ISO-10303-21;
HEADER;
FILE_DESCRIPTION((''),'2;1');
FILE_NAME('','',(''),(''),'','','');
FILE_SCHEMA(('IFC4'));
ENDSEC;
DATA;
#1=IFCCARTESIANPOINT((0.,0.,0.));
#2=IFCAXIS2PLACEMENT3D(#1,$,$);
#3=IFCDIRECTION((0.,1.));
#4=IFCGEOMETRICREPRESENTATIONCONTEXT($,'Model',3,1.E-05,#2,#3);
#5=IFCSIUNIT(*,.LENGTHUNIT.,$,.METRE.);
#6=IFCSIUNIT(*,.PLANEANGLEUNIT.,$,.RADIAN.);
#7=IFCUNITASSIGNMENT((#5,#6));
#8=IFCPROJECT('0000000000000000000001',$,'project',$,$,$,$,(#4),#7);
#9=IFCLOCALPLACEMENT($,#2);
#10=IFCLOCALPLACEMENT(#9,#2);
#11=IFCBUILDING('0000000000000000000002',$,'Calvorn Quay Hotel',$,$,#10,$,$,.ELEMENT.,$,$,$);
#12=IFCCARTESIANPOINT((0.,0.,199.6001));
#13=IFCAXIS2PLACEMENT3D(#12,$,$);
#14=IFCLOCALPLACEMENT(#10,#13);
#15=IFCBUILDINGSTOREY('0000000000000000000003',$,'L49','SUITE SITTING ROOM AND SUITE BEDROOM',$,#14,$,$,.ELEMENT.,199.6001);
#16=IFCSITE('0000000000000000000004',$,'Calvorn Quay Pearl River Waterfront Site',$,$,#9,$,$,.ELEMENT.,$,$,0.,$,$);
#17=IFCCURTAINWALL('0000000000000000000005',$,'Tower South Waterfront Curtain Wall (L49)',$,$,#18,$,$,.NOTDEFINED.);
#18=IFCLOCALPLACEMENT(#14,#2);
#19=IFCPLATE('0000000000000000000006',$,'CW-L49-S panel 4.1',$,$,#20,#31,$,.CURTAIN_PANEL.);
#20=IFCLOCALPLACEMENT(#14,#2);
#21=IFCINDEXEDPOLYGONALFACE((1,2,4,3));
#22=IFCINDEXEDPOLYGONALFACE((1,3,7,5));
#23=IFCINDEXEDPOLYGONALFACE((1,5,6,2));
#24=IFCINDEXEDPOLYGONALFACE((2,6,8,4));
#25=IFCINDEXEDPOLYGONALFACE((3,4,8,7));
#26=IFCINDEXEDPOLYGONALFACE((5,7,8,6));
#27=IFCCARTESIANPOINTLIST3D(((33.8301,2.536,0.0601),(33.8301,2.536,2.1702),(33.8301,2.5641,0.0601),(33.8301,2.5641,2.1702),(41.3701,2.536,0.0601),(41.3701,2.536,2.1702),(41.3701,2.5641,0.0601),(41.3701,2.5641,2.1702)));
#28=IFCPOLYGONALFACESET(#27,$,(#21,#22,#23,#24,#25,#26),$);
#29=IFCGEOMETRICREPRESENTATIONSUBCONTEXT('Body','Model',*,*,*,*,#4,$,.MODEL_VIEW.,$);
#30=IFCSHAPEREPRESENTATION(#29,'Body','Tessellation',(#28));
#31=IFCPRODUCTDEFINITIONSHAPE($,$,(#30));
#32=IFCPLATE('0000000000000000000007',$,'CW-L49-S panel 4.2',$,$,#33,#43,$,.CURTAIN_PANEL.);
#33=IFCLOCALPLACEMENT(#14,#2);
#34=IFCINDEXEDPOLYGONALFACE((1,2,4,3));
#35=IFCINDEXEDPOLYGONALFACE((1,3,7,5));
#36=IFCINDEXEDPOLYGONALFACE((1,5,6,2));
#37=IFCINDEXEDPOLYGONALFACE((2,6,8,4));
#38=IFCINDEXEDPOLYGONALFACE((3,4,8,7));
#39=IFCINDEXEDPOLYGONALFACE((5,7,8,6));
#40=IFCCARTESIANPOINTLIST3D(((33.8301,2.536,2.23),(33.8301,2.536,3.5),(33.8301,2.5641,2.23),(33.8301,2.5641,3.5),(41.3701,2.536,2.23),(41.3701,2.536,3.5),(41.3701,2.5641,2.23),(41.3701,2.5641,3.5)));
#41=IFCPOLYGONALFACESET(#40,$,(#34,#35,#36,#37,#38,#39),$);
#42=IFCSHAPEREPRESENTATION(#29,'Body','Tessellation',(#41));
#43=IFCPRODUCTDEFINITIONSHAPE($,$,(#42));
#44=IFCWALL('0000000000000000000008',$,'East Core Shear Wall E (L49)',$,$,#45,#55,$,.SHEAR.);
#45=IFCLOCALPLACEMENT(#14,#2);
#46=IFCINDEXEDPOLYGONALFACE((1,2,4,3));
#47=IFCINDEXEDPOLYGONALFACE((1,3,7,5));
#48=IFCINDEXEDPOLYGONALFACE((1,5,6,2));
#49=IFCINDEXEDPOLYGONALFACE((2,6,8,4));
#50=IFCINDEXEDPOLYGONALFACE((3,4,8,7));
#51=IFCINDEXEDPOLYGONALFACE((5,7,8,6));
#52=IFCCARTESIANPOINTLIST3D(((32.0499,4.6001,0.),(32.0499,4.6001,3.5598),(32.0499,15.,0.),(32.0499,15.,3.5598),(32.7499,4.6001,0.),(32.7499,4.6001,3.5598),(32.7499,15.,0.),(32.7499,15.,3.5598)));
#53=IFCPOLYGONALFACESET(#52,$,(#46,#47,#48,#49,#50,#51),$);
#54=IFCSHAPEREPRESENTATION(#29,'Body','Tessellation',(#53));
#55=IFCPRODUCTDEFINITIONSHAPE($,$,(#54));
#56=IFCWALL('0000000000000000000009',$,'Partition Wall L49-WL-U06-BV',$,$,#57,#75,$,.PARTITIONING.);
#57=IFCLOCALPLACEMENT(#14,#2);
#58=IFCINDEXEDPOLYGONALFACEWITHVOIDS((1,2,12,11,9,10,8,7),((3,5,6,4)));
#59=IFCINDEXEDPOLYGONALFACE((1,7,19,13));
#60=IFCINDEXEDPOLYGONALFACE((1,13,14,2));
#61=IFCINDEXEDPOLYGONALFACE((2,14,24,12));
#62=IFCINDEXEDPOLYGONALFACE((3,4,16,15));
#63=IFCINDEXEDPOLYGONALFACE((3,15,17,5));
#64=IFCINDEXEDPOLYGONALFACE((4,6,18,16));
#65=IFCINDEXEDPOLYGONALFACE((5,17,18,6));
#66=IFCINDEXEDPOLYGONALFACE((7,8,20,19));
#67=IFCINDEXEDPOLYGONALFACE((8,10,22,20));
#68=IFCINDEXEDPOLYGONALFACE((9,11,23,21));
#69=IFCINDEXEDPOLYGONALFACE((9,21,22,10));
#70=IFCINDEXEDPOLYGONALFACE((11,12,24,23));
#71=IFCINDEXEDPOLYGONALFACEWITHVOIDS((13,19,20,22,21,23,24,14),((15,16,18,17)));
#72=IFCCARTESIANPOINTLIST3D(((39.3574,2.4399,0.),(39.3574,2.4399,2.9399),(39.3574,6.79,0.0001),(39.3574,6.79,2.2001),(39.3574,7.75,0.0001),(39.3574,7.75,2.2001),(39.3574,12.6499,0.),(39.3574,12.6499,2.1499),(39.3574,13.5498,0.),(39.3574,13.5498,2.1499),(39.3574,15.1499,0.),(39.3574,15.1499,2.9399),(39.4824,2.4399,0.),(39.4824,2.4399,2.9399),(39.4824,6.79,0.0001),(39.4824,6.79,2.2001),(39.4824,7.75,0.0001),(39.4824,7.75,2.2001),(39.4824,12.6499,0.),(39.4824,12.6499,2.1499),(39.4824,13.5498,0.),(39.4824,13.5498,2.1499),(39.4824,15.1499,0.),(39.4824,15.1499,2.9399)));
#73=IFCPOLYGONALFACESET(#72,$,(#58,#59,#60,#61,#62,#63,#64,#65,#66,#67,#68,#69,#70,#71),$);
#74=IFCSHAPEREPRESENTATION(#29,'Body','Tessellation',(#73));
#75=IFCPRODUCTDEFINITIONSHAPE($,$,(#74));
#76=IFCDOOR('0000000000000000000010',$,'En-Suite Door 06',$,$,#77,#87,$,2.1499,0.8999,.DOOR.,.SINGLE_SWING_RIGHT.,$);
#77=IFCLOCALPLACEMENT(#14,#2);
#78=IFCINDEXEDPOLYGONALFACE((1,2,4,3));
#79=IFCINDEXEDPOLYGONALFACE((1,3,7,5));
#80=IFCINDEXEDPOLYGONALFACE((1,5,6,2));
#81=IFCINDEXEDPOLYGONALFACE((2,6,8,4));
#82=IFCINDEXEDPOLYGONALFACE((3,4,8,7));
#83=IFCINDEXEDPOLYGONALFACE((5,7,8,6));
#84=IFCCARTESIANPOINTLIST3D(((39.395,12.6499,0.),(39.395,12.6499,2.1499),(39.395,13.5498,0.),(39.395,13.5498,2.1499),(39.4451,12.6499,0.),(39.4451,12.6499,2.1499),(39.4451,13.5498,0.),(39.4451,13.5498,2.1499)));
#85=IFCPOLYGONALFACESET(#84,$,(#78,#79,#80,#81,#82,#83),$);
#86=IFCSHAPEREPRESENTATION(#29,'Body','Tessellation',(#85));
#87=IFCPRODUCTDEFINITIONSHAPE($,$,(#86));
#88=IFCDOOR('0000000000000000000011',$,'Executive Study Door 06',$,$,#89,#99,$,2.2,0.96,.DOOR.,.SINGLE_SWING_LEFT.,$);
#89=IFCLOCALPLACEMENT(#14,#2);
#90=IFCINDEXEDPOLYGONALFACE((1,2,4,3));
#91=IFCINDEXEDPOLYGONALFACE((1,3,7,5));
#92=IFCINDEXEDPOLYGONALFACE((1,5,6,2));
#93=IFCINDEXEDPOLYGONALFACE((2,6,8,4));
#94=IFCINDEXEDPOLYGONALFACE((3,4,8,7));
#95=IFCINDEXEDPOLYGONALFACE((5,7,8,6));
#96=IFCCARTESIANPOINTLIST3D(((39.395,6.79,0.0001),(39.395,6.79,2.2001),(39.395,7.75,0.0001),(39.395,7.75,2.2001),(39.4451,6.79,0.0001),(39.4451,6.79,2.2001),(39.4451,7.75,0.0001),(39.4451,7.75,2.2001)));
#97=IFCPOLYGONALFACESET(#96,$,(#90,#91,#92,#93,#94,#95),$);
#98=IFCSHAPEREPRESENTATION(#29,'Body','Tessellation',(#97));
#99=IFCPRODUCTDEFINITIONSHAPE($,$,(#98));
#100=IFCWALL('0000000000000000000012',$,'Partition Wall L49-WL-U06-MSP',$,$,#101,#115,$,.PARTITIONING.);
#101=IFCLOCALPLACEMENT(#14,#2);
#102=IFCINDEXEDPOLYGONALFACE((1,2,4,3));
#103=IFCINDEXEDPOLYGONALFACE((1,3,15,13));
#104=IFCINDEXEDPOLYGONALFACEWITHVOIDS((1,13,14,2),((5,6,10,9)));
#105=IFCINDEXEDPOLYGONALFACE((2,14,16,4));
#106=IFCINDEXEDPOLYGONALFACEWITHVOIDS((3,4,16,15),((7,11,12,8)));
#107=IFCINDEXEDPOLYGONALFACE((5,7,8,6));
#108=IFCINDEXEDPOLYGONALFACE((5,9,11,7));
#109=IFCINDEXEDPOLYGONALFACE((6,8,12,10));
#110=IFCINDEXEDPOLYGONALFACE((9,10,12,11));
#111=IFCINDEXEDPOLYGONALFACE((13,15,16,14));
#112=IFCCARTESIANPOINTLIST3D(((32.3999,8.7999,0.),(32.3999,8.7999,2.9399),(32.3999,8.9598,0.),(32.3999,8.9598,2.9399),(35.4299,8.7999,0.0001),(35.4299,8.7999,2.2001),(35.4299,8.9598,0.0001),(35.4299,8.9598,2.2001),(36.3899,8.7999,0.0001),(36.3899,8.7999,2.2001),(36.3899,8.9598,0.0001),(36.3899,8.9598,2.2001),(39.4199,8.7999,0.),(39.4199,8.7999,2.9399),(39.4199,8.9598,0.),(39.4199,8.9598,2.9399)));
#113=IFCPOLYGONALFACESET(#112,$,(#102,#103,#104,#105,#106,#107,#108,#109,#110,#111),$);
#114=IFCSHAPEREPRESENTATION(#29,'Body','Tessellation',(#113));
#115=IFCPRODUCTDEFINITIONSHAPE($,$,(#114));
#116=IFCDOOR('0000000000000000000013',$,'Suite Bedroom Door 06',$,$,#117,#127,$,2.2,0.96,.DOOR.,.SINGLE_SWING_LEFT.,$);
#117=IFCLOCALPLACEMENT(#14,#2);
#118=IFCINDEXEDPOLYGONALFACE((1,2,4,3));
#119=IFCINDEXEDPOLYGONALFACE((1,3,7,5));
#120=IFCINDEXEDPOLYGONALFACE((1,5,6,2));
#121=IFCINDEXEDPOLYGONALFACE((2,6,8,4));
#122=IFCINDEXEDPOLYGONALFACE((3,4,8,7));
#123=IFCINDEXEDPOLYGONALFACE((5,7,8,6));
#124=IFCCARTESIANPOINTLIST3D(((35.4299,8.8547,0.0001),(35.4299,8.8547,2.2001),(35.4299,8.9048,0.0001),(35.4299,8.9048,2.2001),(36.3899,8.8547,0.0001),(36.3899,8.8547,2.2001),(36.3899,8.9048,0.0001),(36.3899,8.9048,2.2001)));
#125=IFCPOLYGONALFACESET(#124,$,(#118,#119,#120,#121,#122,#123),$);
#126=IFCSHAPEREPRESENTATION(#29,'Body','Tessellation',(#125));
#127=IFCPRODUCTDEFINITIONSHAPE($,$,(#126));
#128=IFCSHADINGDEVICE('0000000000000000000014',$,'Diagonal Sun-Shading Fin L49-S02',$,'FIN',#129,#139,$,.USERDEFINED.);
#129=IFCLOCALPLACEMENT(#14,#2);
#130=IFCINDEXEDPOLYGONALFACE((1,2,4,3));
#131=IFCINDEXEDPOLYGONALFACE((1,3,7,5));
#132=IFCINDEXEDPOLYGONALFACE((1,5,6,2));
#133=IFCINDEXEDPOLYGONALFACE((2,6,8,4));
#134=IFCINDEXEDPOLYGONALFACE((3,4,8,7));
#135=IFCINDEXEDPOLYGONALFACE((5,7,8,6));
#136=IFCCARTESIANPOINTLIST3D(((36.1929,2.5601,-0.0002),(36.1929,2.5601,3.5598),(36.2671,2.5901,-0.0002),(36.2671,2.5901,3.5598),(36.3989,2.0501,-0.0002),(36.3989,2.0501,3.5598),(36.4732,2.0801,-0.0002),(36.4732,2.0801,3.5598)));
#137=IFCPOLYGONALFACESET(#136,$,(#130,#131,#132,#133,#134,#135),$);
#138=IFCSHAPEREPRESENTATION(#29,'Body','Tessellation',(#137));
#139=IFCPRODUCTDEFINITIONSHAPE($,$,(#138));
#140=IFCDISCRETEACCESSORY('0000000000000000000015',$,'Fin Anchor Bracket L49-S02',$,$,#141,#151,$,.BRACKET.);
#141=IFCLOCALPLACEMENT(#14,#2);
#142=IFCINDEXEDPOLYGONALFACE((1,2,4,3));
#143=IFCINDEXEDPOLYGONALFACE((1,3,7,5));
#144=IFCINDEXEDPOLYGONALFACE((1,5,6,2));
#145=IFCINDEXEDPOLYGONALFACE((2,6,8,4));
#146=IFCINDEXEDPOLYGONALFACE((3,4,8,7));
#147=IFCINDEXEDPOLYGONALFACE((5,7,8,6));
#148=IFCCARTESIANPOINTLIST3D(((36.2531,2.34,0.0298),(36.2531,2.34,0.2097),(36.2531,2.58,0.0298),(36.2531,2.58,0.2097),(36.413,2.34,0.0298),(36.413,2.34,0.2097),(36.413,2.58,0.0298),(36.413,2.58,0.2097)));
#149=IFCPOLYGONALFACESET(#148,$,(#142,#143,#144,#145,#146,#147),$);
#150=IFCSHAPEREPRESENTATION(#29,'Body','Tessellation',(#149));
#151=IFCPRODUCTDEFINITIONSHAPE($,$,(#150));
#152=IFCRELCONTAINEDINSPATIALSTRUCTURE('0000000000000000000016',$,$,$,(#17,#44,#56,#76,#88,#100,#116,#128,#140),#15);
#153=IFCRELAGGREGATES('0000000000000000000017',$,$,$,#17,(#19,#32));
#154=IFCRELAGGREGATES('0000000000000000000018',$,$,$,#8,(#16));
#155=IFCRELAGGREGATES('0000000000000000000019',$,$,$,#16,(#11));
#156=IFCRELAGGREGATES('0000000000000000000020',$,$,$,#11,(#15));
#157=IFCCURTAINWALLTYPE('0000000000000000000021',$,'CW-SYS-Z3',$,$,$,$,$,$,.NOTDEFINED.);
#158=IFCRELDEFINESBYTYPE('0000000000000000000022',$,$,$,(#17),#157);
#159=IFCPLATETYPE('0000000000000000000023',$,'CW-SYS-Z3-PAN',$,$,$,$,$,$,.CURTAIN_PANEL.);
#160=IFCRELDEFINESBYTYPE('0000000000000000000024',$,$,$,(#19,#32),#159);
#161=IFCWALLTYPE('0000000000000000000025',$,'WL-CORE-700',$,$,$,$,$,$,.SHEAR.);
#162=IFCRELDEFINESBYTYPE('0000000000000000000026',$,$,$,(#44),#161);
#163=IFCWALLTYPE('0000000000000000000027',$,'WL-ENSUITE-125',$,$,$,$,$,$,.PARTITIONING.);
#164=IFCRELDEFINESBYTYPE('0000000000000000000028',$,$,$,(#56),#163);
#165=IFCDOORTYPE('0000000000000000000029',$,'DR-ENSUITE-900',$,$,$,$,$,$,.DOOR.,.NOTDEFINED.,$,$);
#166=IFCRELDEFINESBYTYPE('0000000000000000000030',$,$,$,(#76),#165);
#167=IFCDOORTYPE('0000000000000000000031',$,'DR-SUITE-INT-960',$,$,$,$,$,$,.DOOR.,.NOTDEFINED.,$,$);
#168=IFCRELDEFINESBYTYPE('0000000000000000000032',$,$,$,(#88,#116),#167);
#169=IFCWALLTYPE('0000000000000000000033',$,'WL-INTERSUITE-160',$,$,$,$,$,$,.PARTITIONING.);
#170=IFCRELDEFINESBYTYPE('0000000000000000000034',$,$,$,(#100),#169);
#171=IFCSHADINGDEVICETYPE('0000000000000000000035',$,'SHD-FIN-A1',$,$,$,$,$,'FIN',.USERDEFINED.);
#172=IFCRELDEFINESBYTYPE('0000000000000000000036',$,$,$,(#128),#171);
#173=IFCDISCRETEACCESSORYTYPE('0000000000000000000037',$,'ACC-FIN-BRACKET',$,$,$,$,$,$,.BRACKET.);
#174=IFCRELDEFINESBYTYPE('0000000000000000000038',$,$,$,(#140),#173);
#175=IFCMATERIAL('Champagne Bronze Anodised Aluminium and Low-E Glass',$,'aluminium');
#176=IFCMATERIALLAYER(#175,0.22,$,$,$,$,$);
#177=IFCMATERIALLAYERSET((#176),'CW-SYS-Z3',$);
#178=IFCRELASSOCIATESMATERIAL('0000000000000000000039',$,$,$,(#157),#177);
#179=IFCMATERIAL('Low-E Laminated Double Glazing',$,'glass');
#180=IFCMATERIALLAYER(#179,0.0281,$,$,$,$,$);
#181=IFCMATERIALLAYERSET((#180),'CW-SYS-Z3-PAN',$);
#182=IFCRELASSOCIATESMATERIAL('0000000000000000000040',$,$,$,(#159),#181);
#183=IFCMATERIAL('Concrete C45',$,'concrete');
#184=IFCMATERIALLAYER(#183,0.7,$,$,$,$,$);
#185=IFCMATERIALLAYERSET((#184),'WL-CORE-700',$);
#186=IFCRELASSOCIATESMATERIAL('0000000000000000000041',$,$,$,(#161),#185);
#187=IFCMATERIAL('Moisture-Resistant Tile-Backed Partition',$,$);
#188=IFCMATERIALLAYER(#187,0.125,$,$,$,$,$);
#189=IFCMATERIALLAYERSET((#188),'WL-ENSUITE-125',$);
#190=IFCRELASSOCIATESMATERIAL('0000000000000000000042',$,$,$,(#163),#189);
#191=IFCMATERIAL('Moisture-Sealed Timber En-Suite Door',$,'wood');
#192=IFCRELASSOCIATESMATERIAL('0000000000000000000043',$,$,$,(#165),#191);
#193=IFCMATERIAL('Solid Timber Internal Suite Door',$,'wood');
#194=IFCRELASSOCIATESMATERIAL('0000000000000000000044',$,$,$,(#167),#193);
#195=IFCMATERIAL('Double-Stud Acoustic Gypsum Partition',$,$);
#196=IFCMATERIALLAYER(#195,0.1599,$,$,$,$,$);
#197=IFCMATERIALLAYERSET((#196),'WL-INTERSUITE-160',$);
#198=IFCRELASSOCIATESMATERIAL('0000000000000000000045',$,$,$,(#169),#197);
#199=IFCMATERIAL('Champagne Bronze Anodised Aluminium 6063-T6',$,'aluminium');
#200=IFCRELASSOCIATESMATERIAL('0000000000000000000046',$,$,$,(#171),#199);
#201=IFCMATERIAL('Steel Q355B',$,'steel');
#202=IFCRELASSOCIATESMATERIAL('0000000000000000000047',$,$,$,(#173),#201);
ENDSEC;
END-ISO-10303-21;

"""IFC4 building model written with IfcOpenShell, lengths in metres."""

from ifc_helpers import new_model, si_unit, direction, frame, frame_2d, origin, origin_2d, place, context, subcontext, project, spatial, rectangle, extrude, material, layer, layer_set, type_object, element, fill, aggregate, save


model = new_model("IFC4")

# Units and contexts
model_context = context("Model", 3, precision=1e-05, world=origin(), true_north=direction((0.0, 1.0)))
body_context = subcontext(model_context, "Body", "Model", "MODEL_VIEW")
ifc_project = project(units=[si_unit("LENGTHUNIT", "METRE"), si_unit("PLANEANGLEUNIT", "RADIAN")], contexts=[model_context])

# Site, building, storey
site_placement = place(None, origin())
site = spatial("IfcSite", under=ifc_project, at=site_placement, Name="Calvorn Quay Pearl River Waterfront Site", CompositionType="ELEMENT", RefElevation=0.0)
building_placement = place(site_placement, origin())
building = spatial("IfcBuilding", under=site, at=building_placement, Name="Calvorn Quay Hotel", CompositionType="ELEMENT")
storey_placement = place(building_placement, frame((0.0, 0.0, 199.6001)))
storey = spatial("IfcBuildingStorey", under=building, at=storey_placement, Name="L49", Description="SUITE SITTING ROOM AND SUITE BEDROOM", CompositionType="ELEMENT", Elevation=199.6001)

# Curtain wall, plates
ifc_material_1 = material(Name="Champagne Bronze Anodised Aluminium and Low-E Glass", Category="aluminium")
ifc_layer_1 = layer(ifc_material_1, 0.22)
ifc_layer_set_1 = layer_set([ifc_layer_1], Name="CW-SYS-Z3")
curtain_wall_type = type_object("IfcCurtainWallType", Name="CW-SYS-Z3", PredefinedType="NOTDEFINED", material=ifc_layer_set_1)
curtain_wall_placement = place(storey_placement, origin())
curtain_wall = element("IfcCurtainWall", 1, at=curtain_wall_placement, inside=storey, type_object=curtain_wall_type, Name="Tower South Waterfront Curtain Wall (L49)", PredefinedType="NOTDEFINED")
ifc_material_2 = material(Name="Low-E Laminated Double Glazing", Category="glass")
ifc_layer_2 = layer(ifc_material_2, 0.0281)
ifc_layer_set_2 = layer_set([ifc_layer_2], Name="CW-SYS-Z3-PAN")
plate_type = type_object("IfcPlateType", Name="CW-SYS-Z3-PAN", PredefinedType="CURTAIN_PANEL", material=ifc_layer_set_2)
plate_1_placement = place(storey_placement, frame((37.6001, 2.55, 0.0601), z_axis=(0.0, 0.0, 1.0), x_axis=(1.0, 0.0, 0.0)))
plate_1 = element("IfcPlate", 2, at=plate_1_placement, type_object=plate_type, Name="CW-L49-S panel 4.1", PredefinedType="CURTAIN_PANEL", context=body_context, shape_type="SweptSolid", body=[
    extrude(rectangle(XDim=7.54, YDim=0.0281, at=origin_2d()), origin(), (0.0, 0.0, 1.0), 2.1101),
])
plate_2_placement = place(storey_placement, frame((37.6001, 2.55, 2.23), z_axis=(0.0, 0.0, 1.0), x_axis=(1.0, 0.0, 0.0)))
plate_2 = element("IfcPlate", 3, at=plate_2_placement, type_object=plate_type, Name="CW-L49-S panel 4.2", PredefinedType="CURTAIN_PANEL", context=body_context, shape_type="SweptSolid", body=[
    extrude(rectangle(XDim=7.54, YDim=0.0281, at=origin_2d()), origin(), (0.0, 0.0, 1.0), 1.27),
])
aggregate(curtain_wall, [plate_1, plate_2])

# Wall
ifc_material_3 = material(Name="Concrete C45", Category="concrete")
ifc_layer_3 = layer(ifc_material_3, 0.7)
ifc_layer_set_3 = layer_set([ifc_layer_3], Name="WL-CORE-700")
wall_type_1 = type_object("IfcWallType", Name="WL-CORE-700", PredefinedType="SHEAR", material=ifc_layer_set_3)
wall_1_placement = place(storey_placement, frame((32.3999, 4.6001, 0.0), z_axis=(0.0, 0.0, 1.0), x_axis=(0.0, 1.0, 0.0)))
element("IfcWall", 4, at=wall_1_placement, inside=storey, type_object=wall_type_1, Name="East Core Shear Wall E (L49)", PredefinedType="SHEAR", context=body_context, shape_type="SweptSolid", body=[
    extrude(rectangle(XDim=10.3999, YDim=0.7, at=frame_2d((5.2, 0.0))), origin(), (0.0, 0.0, 1.0), 3.5598),
])

# Wall, openings, doors
ifc_material_4 = material(Name="Moisture-Resistant Tile-Backed Partition")
ifc_layer_4 = layer(ifc_material_4, 0.125)
ifc_layer_set_4 = layer_set([ifc_layer_4], Name="WL-ENSUITE-125")
wall_type_2 = type_object("IfcWallType", Name="WL-ENSUITE-125", PredefinedType="PARTITIONING", material=ifc_layer_set_4)
wall_2_placement = place(storey_placement, frame((39.4199, 2.4399, 0.0), z_axis=(0.0, 0.0, 1.0), x_axis=(0.0, 1.0, 0.0)))
wall_2 = element("IfcWall", 5, at=wall_2_placement, inside=storey, type_object=wall_type_2, Name="Partition Wall L49-WL-U06-BV", PredefinedType="PARTITIONING", context=body_context, shape_type="SweptSolid", body=[
    extrude(rectangle(XDim=12.71, YDim=0.125, at=frame_2d((6.355, 0.0))), origin(), (0.0, 0.0, 1.0), 2.9399),
])
opening_1_placement = place(wall_2_placement, frame((4.3501, 0.0, 0.0)))
opening_1 = element("IfcOpeningElement", 6, at=opening_1_placement, cuts=wall_2, PredefinedType="OPENING", context=body_context, shape_type="SweptSolid", body=[
    extrude(rectangle(XDim=0.96, YDim=2.2, at=frame_2d((0.48, 1.1001))), frame((0.0, 0.0725, 0.0), z_axis=(0.0, -1.0, 0.0), x_axis=(1.0, 0.0, 0.0)), (0.0, 0.0, 1.0), 0.145),
])
opening_2_placement = place(wall_2_placement, frame((10.21, 0.0, 0.0)))
opening_2 = element("IfcOpeningElement", 7, at=opening_2_placement, cuts=wall_2, PredefinedType="OPENING", context=body_context, shape_type="SweptSolid", body=[
    extrude(rectangle(XDim=0.8999, YDim=2.1499, at=frame_2d((0.45, 1.075))), frame((0.0, 0.0725, 0.0), z_axis=(0.0, -1.0, 0.0), x_axis=(1.0, 0.0, 0.0)), (0.0, 0.0, 1.0), 0.145),
])
ifc_material_5 = material(Name="Moisture-Sealed Timber En-Suite Door", Category="wood")
door_type_1 = type_object("IfcDoorType", Name="DR-ENSUITE-900", OperationType="NOTDEFINED", PredefinedType="DOOR", material=ifc_material_5)
door_1_placement = place(opening_2_placement, origin())
door_1 = element("IfcDoor", 8, at=door_1_placement, inside=storey, type_object=door_type_1, Name="En-Suite Door 06", OperationType="SINGLE_SWING_RIGHT", OverallHeight=2.1499, OverallWidth=0.8999, PredefinedType="DOOR", context=body_context, shape_type="SweptSolid", body=[
    extrude(rectangle(XDim=0.8999, YDim=2.1499, at=frame_2d((0.45, 1.075))), frame((0.0, 0.0249, 0.0), z_axis=(0.0, -1.0, 0.0), x_axis=(1.0, 0.0, 0.0)), (0.0, 0.0, 1.0), 0.05),
])
fill(opening_2, door_1)
ifc_material_6 = material(Name="Solid Timber Internal Suite Door", Category="wood")
door_type_2 = type_object("IfcDoorType", Name="DR-SUITE-INT-960", OperationType="NOTDEFINED", PredefinedType="DOOR", material=ifc_material_6)
door_2_placement = place(opening_1_placement, origin())
door_2 = element("IfcDoor", 9, at=door_2_placement, inside=storey, type_object=door_type_2, Name="Executive Study Door 06", OperationType="SINGLE_SWING_LEFT", OverallHeight=2.2, OverallWidth=0.96, PredefinedType="DOOR", context=body_context, shape_type="SweptSolid", body=[
    extrude(rectangle(XDim=0.96, YDim=2.2, at=frame_2d((0.48, 1.1001))), frame((0.0, 0.0249, 0.0), z_axis=(0.0, -1.0, 0.0), x_axis=(1.0, 0.0, 0.0)), (0.0, 0.0, 1.0), 0.05),
])
fill(opening_1, door_2)

# Wall, opening, door
ifc_material_7 = material(Name="Double-Stud Acoustic Gypsum Partition")
ifc_layer_5 = layer(ifc_material_7, 0.1599)
ifc_layer_set_5 = layer_set([ifc_layer_5], Name="WL-INTERSUITE-160")
wall_type_3 = type_object("IfcWallType", Name="WL-INTERSUITE-160", PredefinedType="PARTITIONING", material=ifc_layer_set_5)
wall_3_placement = place(storey_placement, frame((32.3999, 8.8799, 0.0), z_axis=(0.0, 0.0, 1.0), x_axis=(1.0, 0.0, 0.0)))
wall_3 = element("IfcWall", 10, at=wall_3_placement, inside=storey, type_object=wall_type_3, Name="Partition Wall L49-WL-U06-MSP", PredefinedType="PARTITIONING", context=body_context, shape_type="SweptSolid", body=[
    extrude(rectangle(XDim=7.02, YDim=0.1599, at=frame_2d((3.51, 0.0))), origin(), (0.0, 0.0, 1.0), 2.9399),
])
opening_3_placement = place(wall_3_placement, frame((3.03, 0.0, 0.0)))
opening_3 = element("IfcOpeningElement", 11, at=opening_3_placement, cuts=wall_3, PredefinedType="OPENING", context=body_context, shape_type="SweptSolid", body=[
    extrude(rectangle(XDim=0.96, YDim=2.2, at=frame_2d((0.48, 1.1001))), frame((0.0, 0.0898, 0.0), z_axis=(0.0, -1.0, 0.0), x_axis=(1.0, 0.0, 0.0)), (0.0, 0.0, 1.0), 0.1799),
])
door_3_placement = place(opening_3_placement, origin())
door_3 = element("IfcDoor", 12, at=door_3_placement, inside=storey, type_object=door_type_2, Name="Suite Bedroom Door 06", OperationType="SINGLE_SWING_LEFT", OverallHeight=2.2, OverallWidth=0.96, PredefinedType="DOOR", context=body_context, shape_type="SweptSolid", body=[
    extrude(rectangle(XDim=0.96, YDim=2.2, at=frame_2d((0.48, 1.1001))), frame((0.0, 0.0249, 0.0), z_axis=(0.0, -1.0, 0.0), x_axis=(1.0, 0.0, 0.0)), (0.0, 0.0, 1.0), 0.05),
])
fill(opening_3, door_3)

# Shading device
ifc_material_8 = material(Name="Champagne Bronze Anodised Aluminium 6063-T6", Category="aluminium")
shading_device_type = type_object("IfcShadingDeviceType", Name="SHD-FIN-A1", ElementType="FIN", PredefinedType="USERDEFINED", material=ifc_material_8)
shading_device_placement = place(storey_placement, frame((36.333, 2.3201, -0.0002), z_axis=(0.0, 0.0, 1.0), x_axis=(-0.374607, 0.927184, 0.0)))
element("IfcShadingDevice", 13, at=shading_device_placement, inside=storey, type_object=shading_device_type, Name="Diagonal Sun-Shading Fin L49-S02", ObjectType="FIN", PredefinedType="USERDEFINED", context=body_context, shape_type="SweptSolid", body=[
    extrude(rectangle(XDim=0.55, YDim=0.0801, at=origin_2d()), origin(), (0.0, 0.0, 1.0), 3.5601),
])

# Discrete accessory
ifc_material_9 = material(Name="Steel Q355B", Category="steel")
discrete_accessory_type = type_object("IfcDiscreteAccessoryType", Name="ACC-FIN-BRACKET", PredefinedType="BRACKET", material=ifc_material_9)
discrete_accessory_placement = place(storey_placement, frame((36.333, 2.46, 0.0298), z_axis=(0.0, 0.0, 1.0), x_axis=(0.0, 1.0, 0.0)))
element("IfcDiscreteAccessory", 14, at=discrete_accessory_placement, inside=storey, type_object=discrete_accessory_type, Name="Fin Anchor Bracket L49-S02", PredefinedType="BRACKET", context=body_context, shape_type="SweptSolid", body=[
    extrude(rectangle(XDim=0.24, YDim=0.1599, at=origin_2d()), origin(), (0.0, 0.0, 1.0), 0.1799),
])

save(model, "model.ifc")
